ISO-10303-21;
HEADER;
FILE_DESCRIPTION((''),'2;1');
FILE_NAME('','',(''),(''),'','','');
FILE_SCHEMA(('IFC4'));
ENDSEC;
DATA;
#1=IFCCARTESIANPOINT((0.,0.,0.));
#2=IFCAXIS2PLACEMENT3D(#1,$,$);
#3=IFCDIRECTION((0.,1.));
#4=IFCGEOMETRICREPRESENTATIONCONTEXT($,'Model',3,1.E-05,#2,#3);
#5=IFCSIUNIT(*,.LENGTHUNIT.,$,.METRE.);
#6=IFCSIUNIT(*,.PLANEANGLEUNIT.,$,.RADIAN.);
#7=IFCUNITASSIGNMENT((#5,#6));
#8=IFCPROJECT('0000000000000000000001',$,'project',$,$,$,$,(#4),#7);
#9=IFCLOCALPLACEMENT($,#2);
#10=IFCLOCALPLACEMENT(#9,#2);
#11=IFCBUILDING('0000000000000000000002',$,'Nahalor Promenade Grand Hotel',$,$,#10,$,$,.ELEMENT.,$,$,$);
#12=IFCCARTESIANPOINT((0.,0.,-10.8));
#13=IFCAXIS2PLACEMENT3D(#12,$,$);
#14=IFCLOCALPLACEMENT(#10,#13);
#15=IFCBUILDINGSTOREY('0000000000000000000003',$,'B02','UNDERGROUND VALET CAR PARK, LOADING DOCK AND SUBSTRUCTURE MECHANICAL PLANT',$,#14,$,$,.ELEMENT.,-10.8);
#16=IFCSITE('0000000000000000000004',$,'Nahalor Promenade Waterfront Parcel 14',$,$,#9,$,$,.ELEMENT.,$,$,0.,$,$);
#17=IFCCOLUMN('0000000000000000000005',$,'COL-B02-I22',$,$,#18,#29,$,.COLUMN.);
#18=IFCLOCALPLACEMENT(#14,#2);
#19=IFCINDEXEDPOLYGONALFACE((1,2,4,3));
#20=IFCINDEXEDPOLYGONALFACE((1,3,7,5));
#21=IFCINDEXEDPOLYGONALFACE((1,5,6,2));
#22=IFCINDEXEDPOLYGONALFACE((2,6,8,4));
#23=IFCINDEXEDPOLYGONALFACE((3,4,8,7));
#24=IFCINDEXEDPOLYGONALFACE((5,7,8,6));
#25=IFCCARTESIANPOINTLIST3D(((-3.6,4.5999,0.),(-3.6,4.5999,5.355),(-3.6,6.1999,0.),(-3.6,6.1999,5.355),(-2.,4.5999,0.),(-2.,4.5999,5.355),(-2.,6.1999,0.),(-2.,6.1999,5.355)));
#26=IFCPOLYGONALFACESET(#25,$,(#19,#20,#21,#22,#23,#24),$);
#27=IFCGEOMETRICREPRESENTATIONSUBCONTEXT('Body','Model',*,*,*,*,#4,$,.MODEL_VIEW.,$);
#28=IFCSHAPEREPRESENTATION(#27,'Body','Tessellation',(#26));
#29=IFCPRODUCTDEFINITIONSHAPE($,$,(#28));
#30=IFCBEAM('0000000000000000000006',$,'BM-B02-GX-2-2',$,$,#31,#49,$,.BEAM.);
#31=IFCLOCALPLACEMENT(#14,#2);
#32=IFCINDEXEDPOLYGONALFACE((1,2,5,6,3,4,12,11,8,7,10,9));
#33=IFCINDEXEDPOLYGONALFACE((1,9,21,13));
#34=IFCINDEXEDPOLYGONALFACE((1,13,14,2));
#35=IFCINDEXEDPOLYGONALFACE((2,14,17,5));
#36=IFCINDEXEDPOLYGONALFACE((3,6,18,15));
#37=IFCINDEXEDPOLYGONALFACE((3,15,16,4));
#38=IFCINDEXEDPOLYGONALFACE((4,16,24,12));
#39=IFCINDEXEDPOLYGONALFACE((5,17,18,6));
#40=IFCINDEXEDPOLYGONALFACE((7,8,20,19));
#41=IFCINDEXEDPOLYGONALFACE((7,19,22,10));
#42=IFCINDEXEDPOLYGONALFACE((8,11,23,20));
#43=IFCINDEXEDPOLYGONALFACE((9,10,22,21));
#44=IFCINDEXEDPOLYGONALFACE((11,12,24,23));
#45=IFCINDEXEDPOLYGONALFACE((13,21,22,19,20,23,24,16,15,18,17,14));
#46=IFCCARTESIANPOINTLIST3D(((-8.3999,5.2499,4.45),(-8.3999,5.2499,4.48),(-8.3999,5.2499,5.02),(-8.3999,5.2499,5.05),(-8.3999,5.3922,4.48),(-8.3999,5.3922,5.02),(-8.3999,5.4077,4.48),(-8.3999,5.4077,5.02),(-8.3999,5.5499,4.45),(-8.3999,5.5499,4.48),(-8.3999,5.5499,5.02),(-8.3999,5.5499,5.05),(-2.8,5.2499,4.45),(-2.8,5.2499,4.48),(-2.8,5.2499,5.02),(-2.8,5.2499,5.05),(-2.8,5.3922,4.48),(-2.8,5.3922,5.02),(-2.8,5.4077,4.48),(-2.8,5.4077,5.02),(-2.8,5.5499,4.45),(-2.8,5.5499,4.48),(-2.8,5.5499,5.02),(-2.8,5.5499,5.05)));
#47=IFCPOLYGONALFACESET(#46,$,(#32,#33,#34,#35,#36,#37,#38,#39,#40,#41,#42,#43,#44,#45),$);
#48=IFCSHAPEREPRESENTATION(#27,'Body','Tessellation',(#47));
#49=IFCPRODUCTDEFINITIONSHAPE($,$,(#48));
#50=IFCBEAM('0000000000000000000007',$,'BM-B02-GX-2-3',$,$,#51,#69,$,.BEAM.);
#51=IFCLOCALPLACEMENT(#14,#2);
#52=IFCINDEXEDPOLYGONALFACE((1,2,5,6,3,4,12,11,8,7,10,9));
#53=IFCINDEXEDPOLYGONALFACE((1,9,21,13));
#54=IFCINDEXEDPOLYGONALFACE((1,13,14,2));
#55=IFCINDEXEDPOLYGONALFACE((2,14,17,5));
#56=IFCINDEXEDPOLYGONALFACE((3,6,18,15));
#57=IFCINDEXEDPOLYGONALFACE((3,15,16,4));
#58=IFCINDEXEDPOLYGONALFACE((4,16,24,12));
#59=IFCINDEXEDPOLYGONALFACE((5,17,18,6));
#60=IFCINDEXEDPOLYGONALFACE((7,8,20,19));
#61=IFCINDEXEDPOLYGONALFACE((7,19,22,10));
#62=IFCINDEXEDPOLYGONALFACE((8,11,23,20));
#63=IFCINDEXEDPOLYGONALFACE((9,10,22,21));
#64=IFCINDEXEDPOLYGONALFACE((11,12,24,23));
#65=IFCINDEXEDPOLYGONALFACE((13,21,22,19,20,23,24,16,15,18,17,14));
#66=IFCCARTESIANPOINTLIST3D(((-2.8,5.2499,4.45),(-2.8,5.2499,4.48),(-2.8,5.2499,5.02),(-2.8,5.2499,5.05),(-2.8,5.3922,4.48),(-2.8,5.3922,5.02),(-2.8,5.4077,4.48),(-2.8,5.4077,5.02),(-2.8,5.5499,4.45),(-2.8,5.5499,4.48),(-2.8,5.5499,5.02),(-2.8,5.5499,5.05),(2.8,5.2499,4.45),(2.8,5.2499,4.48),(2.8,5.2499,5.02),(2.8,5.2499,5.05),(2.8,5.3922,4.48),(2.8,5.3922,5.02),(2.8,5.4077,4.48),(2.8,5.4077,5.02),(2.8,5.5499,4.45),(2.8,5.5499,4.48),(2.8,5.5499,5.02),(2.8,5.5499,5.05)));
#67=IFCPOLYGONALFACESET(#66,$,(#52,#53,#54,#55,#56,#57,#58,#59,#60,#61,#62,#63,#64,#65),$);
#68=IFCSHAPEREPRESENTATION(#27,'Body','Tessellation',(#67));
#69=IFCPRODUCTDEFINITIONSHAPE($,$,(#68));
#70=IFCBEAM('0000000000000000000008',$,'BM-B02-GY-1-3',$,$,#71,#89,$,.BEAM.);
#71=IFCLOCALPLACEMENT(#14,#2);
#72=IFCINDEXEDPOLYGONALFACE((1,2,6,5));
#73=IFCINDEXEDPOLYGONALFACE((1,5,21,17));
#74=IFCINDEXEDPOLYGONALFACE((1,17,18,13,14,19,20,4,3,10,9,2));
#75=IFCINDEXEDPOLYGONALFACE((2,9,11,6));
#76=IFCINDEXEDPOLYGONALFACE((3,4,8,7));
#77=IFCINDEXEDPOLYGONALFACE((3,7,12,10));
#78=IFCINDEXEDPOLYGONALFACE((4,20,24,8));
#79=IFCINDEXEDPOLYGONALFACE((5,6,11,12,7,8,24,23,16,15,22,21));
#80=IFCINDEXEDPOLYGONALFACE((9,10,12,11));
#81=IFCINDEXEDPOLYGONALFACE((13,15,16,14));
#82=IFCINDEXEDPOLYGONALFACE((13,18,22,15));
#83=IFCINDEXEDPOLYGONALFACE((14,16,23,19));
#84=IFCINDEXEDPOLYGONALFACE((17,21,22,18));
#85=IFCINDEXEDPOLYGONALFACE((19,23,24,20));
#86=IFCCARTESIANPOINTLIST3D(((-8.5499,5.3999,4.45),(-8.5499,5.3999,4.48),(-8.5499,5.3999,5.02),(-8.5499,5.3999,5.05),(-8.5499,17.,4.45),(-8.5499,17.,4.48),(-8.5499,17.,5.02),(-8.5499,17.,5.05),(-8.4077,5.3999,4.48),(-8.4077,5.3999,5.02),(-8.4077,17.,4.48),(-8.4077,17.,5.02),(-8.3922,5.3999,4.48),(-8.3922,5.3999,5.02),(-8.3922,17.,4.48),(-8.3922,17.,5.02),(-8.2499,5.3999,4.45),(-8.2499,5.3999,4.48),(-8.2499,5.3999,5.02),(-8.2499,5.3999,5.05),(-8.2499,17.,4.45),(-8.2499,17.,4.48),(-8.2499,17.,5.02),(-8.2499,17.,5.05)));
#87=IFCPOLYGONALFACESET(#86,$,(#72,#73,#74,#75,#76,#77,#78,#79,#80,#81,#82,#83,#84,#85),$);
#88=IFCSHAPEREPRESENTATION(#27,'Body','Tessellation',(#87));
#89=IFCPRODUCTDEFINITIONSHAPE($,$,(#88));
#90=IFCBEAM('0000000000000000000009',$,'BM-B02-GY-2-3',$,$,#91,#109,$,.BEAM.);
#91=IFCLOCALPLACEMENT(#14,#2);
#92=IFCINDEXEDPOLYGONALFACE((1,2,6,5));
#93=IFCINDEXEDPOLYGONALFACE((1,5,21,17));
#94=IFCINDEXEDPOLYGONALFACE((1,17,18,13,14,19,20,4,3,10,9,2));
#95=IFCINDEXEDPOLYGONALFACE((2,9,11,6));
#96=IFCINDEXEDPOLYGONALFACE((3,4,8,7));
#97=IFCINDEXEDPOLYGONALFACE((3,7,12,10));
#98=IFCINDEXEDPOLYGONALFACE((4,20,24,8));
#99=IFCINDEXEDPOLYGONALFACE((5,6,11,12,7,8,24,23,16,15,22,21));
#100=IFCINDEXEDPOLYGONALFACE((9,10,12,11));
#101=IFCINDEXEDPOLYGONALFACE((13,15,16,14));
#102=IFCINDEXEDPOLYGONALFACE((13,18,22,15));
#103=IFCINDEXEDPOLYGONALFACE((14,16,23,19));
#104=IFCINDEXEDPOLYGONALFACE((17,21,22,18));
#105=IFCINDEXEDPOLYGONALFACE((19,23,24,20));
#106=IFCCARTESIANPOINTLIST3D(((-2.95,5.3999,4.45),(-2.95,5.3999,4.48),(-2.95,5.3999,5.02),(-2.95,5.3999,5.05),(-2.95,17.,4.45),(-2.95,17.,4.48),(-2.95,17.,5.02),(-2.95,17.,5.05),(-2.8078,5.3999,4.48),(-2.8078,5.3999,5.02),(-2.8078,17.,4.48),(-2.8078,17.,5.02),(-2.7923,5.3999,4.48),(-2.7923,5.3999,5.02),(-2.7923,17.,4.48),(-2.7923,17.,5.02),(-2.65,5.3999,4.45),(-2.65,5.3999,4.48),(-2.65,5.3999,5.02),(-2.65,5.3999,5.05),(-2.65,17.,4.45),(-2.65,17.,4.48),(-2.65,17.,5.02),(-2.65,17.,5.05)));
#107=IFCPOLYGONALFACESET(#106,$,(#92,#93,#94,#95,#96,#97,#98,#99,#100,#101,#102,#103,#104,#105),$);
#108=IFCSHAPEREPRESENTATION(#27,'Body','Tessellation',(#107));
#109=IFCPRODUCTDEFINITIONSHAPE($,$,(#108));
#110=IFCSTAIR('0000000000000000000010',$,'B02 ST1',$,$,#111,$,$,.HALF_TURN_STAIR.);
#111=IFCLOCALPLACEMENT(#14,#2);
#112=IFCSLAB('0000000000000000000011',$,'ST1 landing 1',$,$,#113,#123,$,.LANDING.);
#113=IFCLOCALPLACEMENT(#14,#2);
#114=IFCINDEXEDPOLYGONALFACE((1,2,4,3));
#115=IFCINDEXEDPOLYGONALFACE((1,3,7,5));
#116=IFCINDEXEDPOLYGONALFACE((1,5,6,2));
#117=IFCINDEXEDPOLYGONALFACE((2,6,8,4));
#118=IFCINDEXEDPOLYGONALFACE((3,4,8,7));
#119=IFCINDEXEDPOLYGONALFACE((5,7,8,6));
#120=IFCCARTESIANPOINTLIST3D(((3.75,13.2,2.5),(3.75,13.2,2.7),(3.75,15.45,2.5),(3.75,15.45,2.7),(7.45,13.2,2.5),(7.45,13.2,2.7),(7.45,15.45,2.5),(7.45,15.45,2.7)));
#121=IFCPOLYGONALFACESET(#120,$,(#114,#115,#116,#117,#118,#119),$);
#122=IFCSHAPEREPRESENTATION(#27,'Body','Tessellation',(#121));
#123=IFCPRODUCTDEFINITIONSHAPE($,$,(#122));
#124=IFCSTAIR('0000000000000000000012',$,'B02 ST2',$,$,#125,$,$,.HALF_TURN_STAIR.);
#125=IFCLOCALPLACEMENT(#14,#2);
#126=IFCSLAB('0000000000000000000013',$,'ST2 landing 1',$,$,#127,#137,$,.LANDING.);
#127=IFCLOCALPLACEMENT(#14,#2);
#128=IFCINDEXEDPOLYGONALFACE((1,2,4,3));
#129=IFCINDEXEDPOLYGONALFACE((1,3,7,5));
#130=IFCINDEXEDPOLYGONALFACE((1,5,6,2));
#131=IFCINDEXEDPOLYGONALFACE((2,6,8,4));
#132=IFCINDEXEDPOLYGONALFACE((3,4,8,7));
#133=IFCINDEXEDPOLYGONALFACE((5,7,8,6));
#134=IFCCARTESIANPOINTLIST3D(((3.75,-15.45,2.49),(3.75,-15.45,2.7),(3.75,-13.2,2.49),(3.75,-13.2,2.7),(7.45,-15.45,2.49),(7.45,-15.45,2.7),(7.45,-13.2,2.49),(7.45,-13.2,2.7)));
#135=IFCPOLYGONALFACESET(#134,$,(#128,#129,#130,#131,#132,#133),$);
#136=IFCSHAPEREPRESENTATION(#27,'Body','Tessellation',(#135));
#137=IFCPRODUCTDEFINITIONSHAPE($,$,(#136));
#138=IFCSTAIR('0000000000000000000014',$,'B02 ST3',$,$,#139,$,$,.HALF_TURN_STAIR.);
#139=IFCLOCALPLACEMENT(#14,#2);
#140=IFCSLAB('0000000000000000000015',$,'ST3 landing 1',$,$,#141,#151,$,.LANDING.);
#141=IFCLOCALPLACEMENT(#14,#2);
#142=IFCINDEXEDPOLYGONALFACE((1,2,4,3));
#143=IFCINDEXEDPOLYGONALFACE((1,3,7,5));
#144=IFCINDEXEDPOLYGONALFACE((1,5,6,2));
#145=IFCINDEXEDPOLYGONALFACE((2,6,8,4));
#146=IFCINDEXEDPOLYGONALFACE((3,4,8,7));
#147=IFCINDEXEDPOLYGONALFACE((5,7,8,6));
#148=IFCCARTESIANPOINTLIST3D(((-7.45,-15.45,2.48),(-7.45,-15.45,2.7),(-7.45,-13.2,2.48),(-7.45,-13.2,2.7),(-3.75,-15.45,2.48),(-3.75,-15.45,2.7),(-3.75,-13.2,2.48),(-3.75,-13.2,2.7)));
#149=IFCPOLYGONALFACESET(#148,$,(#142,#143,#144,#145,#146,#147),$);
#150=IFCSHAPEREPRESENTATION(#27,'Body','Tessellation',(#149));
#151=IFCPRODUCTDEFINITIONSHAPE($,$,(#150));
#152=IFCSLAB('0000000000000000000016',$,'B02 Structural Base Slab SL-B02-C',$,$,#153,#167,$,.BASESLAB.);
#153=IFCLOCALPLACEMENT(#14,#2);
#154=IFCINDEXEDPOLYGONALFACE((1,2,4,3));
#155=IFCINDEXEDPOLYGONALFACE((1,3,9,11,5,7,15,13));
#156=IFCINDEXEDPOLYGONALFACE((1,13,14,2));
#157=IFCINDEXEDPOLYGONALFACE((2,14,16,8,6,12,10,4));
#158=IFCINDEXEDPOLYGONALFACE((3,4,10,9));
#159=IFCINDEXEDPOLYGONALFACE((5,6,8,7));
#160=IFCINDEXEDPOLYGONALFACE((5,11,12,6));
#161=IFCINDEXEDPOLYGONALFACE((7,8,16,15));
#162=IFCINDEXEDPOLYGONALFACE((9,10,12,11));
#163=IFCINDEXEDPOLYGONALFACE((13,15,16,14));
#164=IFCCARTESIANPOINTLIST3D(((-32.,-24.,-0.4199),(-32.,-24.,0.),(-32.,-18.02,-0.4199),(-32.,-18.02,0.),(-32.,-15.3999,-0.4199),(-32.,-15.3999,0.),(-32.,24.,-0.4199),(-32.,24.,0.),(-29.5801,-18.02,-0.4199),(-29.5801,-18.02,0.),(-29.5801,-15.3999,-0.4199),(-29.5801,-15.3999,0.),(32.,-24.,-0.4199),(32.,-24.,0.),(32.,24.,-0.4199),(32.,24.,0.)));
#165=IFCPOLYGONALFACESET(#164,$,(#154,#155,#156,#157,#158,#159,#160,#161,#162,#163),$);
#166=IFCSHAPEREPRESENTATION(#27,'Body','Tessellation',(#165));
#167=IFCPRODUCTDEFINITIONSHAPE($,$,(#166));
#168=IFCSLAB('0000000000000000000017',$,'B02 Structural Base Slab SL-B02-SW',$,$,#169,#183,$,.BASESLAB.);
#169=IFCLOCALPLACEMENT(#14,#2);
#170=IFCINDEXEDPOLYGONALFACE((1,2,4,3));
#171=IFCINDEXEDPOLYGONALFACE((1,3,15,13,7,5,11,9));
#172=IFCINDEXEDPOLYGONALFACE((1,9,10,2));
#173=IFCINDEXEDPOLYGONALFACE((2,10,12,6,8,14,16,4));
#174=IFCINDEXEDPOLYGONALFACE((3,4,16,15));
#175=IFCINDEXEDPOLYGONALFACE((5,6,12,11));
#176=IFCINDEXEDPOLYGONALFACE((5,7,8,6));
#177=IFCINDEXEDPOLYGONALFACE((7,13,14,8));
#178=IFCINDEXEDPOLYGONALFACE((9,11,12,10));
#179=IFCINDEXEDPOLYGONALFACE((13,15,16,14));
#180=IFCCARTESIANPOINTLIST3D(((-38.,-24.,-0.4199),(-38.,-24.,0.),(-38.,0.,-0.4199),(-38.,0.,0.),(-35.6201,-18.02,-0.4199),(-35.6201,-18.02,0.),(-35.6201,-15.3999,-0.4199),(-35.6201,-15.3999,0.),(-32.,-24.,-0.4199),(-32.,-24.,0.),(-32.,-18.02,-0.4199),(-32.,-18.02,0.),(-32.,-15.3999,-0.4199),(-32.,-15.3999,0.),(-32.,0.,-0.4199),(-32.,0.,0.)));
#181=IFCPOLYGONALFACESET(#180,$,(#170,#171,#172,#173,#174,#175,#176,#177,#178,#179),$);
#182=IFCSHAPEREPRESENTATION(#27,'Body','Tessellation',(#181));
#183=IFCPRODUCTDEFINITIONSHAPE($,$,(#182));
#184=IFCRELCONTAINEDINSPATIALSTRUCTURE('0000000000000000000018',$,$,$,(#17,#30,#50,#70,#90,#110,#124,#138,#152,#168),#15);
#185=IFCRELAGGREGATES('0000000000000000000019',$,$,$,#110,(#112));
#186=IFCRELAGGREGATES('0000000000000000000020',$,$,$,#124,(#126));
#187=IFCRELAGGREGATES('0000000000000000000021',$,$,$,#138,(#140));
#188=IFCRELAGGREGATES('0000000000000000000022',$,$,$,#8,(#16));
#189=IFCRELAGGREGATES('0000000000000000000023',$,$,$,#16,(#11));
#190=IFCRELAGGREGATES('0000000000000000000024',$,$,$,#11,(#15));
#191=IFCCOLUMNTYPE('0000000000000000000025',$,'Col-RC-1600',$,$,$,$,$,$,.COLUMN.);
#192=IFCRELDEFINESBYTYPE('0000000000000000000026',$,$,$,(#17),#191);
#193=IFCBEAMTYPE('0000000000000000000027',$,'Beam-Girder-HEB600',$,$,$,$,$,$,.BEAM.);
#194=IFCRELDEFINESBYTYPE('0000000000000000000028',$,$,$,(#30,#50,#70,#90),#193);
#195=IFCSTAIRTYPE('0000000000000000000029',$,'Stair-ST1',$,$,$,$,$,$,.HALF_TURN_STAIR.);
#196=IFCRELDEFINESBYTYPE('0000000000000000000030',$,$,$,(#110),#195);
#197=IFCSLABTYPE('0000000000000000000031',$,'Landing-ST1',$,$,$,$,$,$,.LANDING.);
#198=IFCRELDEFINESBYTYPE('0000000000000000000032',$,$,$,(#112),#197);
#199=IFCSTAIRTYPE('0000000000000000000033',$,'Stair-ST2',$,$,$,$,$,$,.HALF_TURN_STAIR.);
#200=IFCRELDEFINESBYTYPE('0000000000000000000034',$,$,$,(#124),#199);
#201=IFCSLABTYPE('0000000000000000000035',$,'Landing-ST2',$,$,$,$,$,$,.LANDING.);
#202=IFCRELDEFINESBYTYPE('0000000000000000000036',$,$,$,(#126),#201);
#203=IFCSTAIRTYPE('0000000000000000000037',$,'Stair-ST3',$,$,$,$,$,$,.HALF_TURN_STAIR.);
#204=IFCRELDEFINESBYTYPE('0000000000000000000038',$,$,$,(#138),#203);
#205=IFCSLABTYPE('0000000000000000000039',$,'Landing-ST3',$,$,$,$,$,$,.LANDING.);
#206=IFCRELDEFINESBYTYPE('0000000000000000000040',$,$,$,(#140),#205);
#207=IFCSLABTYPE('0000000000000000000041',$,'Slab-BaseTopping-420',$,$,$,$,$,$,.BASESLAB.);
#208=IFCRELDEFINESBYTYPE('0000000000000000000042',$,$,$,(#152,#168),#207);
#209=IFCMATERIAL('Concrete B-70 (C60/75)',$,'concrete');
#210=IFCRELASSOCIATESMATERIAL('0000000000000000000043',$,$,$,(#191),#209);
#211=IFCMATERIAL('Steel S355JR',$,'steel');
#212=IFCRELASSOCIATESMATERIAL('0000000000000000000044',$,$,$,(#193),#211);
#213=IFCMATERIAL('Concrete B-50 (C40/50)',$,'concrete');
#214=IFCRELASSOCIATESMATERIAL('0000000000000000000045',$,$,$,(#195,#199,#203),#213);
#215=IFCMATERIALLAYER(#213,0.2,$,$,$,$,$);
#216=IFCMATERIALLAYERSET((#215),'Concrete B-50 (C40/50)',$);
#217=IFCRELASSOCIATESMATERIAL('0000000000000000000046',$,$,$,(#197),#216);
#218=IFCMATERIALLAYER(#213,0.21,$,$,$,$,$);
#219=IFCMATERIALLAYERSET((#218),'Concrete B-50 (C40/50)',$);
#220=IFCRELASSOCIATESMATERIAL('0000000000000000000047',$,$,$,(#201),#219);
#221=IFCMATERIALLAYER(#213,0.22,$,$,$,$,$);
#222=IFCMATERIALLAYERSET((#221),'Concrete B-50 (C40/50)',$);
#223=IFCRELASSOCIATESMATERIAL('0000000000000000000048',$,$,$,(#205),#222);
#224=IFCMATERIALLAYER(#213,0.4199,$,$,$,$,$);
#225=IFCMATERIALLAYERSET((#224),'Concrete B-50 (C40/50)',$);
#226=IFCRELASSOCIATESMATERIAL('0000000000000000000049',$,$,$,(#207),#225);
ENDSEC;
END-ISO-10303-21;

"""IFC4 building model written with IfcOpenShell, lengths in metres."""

from ifc_helpers import new_model, si_unit, direction, frame, origin, origin_2d, place, context, subcontext, project, spatial, polyline, rectangle, i_section, outline, extrude, source, transform, mapped, material, layer, layer_set, material_profile, profile_set, type_object, element, aggregate, save


model = new_model("IFC4")

# Units and contexts
model_context = context("Model", 3, precision=1e-05, world=origin(), true_north=direction((0.0, 1.0)))
body_context = subcontext(model_context, "Body", "Model", "MODEL_VIEW")
ifc_project = project(units=[si_unit("LENGTHUNIT", "METRE"), si_unit("PLANEANGLEUNIT", "RADIAN")], contexts=[model_context])

# Site, building, storey
site_placement = place(None, origin())
site = spatial("IfcSite", under=ifc_project, at=site_placement, Name="Nahalor Promenade Waterfront Parcel 14", CompositionType="ELEMENT", RefElevation=0.0)
building_placement = place(site_placement, origin())
building = spatial("IfcBuilding", under=site, at=building_placement, Name="Nahalor Promenade Grand Hotel", CompositionType="ELEMENT")
storey_placement = place(building_placement, frame((0.0, 0.0, -10.8)))
storey = spatial("IfcBuildingStorey", under=building, at=storey_placement, Name="B02", Description="UNDERGROUND VALET CAR PARK, LOADING DOCK AND SUBSTRUCTURE MECHANICAL PLANT", CompositionType="ELEMENT", Elevation=-10.8)

# Shared definitions
ifc_material_1 = material(Name="Concrete B-50 (C40/50)", Category="concrete")

# Column
ifc_material_2 = material(Name="Concrete B-70 (C60/75)", Category="concrete")
ifc_material_profile_1 = material_profile(ifc_material_2, rectangle(XDim=1.6, YDim=1.6, at=origin_2d()), Name="RC 1600x1600")
ifc_profile_set_1 = profile_set([ifc_material_profile_1], Name="Concrete B-70 (C60/75)")
column_type = type_object("IfcColumnType", Name="Col-RC-1600", PredefinedType="COLUMN", material=ifc_profile_set_1)
shared_shape_1 = source(origin(), body_context, "Body", "SweptSolid", [
    extrude(rectangle(XDim=1.6, YDim=1.6, at=origin_2d()), origin(), (0.0, 0.0, 1.0), 5.355),
])
for number, where, z_axis, x_axis, name in (
    (1, (-2.8, 5.3999, 0.0), (0.0, 0.0, 1.0), (1.0, 0.0, 0.0), "COL-B02-I22"),
):
    element("IfcColumn", number, at=place(storey_placement, frame(where, z_axis=z_axis, x_axis=x_axis)), inside=storey, type_object=column_type, Name=name, PredefinedType="COLUMN", context=body_context, shape_type="MappedRepresentation", body=[
        mapped(shared_shape_1, transform((0.0, 0.0, 0.0), scale=1.0)),
    ])

# Beams
ifc_material_3 = material(Name="Steel S355JR", Category="steel")
ifc_material_profile_2 = material_profile(ifc_material_3, i_section(OverallWidth=0.3, OverallDepth=0.6, WebThickness=0.0155, FlangeThickness=0.03, at=origin_2d()), Name="HEB 600")
ifc_profile_set_2 = profile_set([ifc_material_profile_2], Name="Steel S355JR")
beam_type = type_object("IfcBeamType", Name="Beam-Girder-HEB600", PredefinedType="BEAM", material=ifc_profile_set_2)
shared_shape_2 = source(origin(), body_context, "Body", "SweptSolid", [
    extrude(i_section(OverallWidth=0.3, OverallDepth=0.6, WebThickness=0.0155, FlangeThickness=0.03, at=origin_2d()), origin(), (0.0, 0.0, 1.0), 5.5999),
])
beam_1_placement = place(storey_placement, frame((-8.3999, 5.3999, 4.75), z_axis=(1.0, 0.0, 0.0), x_axis=(0.0, 1.0, 0.0)))
element("IfcBeam", 2, at=beam_1_placement, inside=storey, type_object=beam_type, Name="BM-B02-GX-2-2", PredefinedType="BEAM", context=body_context, shape_type="MappedRepresentation", body=[
    mapped(shared_shape_2, transform((0.0, 0.0, 0.0), scale=1.0)),
])
shared_shape_3 = source(origin(), body_context, "Body", "SweptSolid", [
    extrude(i_section(OverallWidth=0.3, OverallDepth=0.6, WebThickness=0.0155, FlangeThickness=0.03, at=origin_2d()), origin(), (0.0, 0.0, 1.0), 5.6001),
])
beam_2_placement = place(storey_placement, frame((-2.8, 5.3999, 4.75), z_axis=(1.0, 0.0, 0.0), x_axis=(0.0, 1.0, 0.0)))
element("IfcBeam", 3, at=beam_2_placement, inside=storey, type_object=beam_type, Name="BM-B02-GX-2-3", PredefinedType="BEAM", context=body_context, shape_type="MappedRepresentation", body=[
    mapped(shared_shape_3, transform((0.0, 0.0, 0.0), scale=1.0)),
])
shared_shape_4 = source(origin(), body_context, "Body", "SweptSolid", [
    extrude(i_section(OverallWidth=0.3, OverallDepth=0.6, WebThickness=0.0155, FlangeThickness=0.03, at=origin_2d()), origin(), (0.0, 0.0, 1.0), 11.6001),
])
for number, where, z_axis, x_axis, name in (
    (4, (-8.3999, 5.3999, 4.75), (0.0, 1.0, 0.0), (-1.0, 0.0, 0.0), "BM-B02-GY-1-3"),
    (5, (-2.8, 5.3999, 4.75), (0.0, 1.0, 0.0), (-1.0, 0.0, 0.0), "BM-B02-GY-2-3"),
):
    element("IfcBeam", number, at=place(storey_placement, frame(where, z_axis=z_axis, x_axis=x_axis)), inside=storey, type_object=beam_type, Name=name, PredefinedType="BEAM", context=body_context, shape_type="MappedRepresentation", body=[
        mapped(shared_shape_4, transform((0.0, 0.0, 0.0), scale=1.0)),
    ])

# Stairs, slabs
stair_type_1 = type_object("IfcStairType", Name="Stair-ST1", PredefinedType="HALF_TURN_STAIR", material=ifc_material_1)
stair_1_placement = place(storey_placement, origin())
stair_1 = element("IfcStair", 6, at=stair_1_placement, inside=storey, type_object=stair_type_1, Name="B02 ST1", PredefinedType="HALF_TURN_STAIR")
ifc_layer_1 = layer(ifc_material_1, 0.2)
ifc_layer_set_1 = layer_set([ifc_layer_1], Name="Concrete B-50 (C40/50)")
slab_type_1 = type_object("IfcSlabType", Name="Landing-ST1", PredefinedType="LANDING", material=ifc_layer_set_1)
slab_1_placement = place(storey_placement, frame((0.0, 0.0, 2.5)))
slab_1 = element("IfcSlab", 7, at=slab_1_placement, type_object=slab_type_1, Name="ST1 landing 1", PredefinedType="LANDING", context=body_context, shape_type="SweptSolid", body=[
    extrude(outline(polyline([(7.45, 13.2), (7.45, 15.45), (3.75, 15.45), (3.75, 13.2), (7.45, 13.2)])), origin(), (0.0, 0.0, 1.0), 0.2),
])
aggregate(stair_1, [slab_1])
stair_type_2 = type_object("IfcStairType", Name="Stair-ST2", PredefinedType="HALF_TURN_STAIR", material=ifc_material_1)
stair_2_placement = place(storey_placement, origin())
stair_2 = element("IfcStair", 8, at=stair_2_placement, inside=storey, type_object=stair_type_2, Name="B02 ST2", PredefinedType="HALF_TURN_STAIR")
ifc_layer_2 = layer(ifc_material_1, 0.21)
ifc_layer_set_2 = layer_set([ifc_layer_2], Name="Concrete B-50 (C40/50)")
slab_type_2 = type_object("IfcSlabType", Name="Landing-ST2", PredefinedType="LANDING", material=ifc_layer_set_2)
slab_2_placement = place(storey_placement, frame((0.0, 0.0, 2.49)))
slab_2 = element("IfcSlab", 9, at=slab_2_placement, type_object=slab_type_2, Name="ST2 landing 1", PredefinedType="LANDING", context=body_context, shape_type="SweptSolid", body=[
    extrude(outline(polyline([(3.75, -13.2), (3.75, -15.45), (7.45, -15.45), (7.45, -13.2), (3.75, -13.2)])), origin(), (0.0, 0.0, 1.0), 0.21),
])
aggregate(stair_2, [slab_2])
stair_type_3 = type_object("IfcStairType", Name="Stair-ST3", PredefinedType="HALF_TURN_STAIR", material=ifc_material_1)
stair_3_placement = place(storey_placement, origin())
stair_3 = element("IfcStair", 10, at=stair_3_placement, inside=storey, type_object=stair_type_3, Name="B02 ST3", PredefinedType="HALF_TURN_STAIR")
ifc_layer_3 = layer(ifc_material_1, 0.22)
ifc_layer_set_3 = layer_set([ifc_layer_3], Name="Concrete B-50 (C40/50)")
slab_type_3 = type_object("IfcSlabType", Name="Landing-ST3", PredefinedType="LANDING", material=ifc_layer_set_3)
slab_3_placement = place(storey_placement, frame((0.0, 0.0, 2.48)))
slab_3 = element("IfcSlab", 11, at=slab_3_placement, type_object=slab_type_3, Name="ST3 landing 1", PredefinedType="LANDING", context=body_context, shape_type="SweptSolid", body=[
    extrude(outline(polyline([(-7.45, -13.2), (-7.45, -15.45), (-3.75, -15.45), (-3.75, -13.2), (-7.45, -13.2)])), origin(), (0.0, 0.0, 1.0), 0.22),
])
aggregate(stair_3, [slab_3])

# Slabs
ifc_layer_4 = layer(ifc_material_1, 0.4199)
ifc_layer_set_4 = layer_set([ifc_layer_4], Name="Concrete B-50 (C40/50)")
slab_type_4 = type_object("IfcSlabType", Name="Slab-BaseTopping-420", PredefinedType="BASESLAB", material=ifc_layer_set_4)
slab_4_placement = place(storey_placement, frame((0.0, 0.0, -0.4199)))
element("IfcSlab", 12, at=slab_4_placement, inside=storey, type_object=slab_type_4, Name="B02 Structural Base Slab SL-B02-C", PredefinedType="BASESLAB", context=body_context, shape_type="SweptSolid", body=[
    extrude(outline(polyline([(-32.0, -24.0), (32.0, -24.0), (32.0, 24.0), (-32.0, 24.0), (-32.0, -15.3999), (-29.5801, -15.3999), (-29.5801, -18.02), (-32.0, -18.02), (-32.0, -24.0)])), origin(), (0.0, 0.0, 1.0), 0.4199),
])
slab_5_placement = place(storey_placement, frame((0.0, 0.0, -0.4199)))
element("IfcSlab", 13, at=slab_5_placement, inside=storey, type_object=slab_type_4, Name="B02 Structural Base Slab SL-B02-SW", PredefinedType="BASESLAB", context=body_context, shape_type="SweptSolid", body=[
    extrude(outline(polyline([(-38.0, -24.0), (-32.0, -24.0), (-32.0, -18.02), (-35.6201, -18.02), (-35.6201, -15.3999), (-32.0, -15.3999), (-32.0, 0.0), (-38.0, 0.0), (-38.0, -24.0)])), origin(), (0.0, 0.0, 1.0), 0.4199),
])

save(model, "model.ifc")
